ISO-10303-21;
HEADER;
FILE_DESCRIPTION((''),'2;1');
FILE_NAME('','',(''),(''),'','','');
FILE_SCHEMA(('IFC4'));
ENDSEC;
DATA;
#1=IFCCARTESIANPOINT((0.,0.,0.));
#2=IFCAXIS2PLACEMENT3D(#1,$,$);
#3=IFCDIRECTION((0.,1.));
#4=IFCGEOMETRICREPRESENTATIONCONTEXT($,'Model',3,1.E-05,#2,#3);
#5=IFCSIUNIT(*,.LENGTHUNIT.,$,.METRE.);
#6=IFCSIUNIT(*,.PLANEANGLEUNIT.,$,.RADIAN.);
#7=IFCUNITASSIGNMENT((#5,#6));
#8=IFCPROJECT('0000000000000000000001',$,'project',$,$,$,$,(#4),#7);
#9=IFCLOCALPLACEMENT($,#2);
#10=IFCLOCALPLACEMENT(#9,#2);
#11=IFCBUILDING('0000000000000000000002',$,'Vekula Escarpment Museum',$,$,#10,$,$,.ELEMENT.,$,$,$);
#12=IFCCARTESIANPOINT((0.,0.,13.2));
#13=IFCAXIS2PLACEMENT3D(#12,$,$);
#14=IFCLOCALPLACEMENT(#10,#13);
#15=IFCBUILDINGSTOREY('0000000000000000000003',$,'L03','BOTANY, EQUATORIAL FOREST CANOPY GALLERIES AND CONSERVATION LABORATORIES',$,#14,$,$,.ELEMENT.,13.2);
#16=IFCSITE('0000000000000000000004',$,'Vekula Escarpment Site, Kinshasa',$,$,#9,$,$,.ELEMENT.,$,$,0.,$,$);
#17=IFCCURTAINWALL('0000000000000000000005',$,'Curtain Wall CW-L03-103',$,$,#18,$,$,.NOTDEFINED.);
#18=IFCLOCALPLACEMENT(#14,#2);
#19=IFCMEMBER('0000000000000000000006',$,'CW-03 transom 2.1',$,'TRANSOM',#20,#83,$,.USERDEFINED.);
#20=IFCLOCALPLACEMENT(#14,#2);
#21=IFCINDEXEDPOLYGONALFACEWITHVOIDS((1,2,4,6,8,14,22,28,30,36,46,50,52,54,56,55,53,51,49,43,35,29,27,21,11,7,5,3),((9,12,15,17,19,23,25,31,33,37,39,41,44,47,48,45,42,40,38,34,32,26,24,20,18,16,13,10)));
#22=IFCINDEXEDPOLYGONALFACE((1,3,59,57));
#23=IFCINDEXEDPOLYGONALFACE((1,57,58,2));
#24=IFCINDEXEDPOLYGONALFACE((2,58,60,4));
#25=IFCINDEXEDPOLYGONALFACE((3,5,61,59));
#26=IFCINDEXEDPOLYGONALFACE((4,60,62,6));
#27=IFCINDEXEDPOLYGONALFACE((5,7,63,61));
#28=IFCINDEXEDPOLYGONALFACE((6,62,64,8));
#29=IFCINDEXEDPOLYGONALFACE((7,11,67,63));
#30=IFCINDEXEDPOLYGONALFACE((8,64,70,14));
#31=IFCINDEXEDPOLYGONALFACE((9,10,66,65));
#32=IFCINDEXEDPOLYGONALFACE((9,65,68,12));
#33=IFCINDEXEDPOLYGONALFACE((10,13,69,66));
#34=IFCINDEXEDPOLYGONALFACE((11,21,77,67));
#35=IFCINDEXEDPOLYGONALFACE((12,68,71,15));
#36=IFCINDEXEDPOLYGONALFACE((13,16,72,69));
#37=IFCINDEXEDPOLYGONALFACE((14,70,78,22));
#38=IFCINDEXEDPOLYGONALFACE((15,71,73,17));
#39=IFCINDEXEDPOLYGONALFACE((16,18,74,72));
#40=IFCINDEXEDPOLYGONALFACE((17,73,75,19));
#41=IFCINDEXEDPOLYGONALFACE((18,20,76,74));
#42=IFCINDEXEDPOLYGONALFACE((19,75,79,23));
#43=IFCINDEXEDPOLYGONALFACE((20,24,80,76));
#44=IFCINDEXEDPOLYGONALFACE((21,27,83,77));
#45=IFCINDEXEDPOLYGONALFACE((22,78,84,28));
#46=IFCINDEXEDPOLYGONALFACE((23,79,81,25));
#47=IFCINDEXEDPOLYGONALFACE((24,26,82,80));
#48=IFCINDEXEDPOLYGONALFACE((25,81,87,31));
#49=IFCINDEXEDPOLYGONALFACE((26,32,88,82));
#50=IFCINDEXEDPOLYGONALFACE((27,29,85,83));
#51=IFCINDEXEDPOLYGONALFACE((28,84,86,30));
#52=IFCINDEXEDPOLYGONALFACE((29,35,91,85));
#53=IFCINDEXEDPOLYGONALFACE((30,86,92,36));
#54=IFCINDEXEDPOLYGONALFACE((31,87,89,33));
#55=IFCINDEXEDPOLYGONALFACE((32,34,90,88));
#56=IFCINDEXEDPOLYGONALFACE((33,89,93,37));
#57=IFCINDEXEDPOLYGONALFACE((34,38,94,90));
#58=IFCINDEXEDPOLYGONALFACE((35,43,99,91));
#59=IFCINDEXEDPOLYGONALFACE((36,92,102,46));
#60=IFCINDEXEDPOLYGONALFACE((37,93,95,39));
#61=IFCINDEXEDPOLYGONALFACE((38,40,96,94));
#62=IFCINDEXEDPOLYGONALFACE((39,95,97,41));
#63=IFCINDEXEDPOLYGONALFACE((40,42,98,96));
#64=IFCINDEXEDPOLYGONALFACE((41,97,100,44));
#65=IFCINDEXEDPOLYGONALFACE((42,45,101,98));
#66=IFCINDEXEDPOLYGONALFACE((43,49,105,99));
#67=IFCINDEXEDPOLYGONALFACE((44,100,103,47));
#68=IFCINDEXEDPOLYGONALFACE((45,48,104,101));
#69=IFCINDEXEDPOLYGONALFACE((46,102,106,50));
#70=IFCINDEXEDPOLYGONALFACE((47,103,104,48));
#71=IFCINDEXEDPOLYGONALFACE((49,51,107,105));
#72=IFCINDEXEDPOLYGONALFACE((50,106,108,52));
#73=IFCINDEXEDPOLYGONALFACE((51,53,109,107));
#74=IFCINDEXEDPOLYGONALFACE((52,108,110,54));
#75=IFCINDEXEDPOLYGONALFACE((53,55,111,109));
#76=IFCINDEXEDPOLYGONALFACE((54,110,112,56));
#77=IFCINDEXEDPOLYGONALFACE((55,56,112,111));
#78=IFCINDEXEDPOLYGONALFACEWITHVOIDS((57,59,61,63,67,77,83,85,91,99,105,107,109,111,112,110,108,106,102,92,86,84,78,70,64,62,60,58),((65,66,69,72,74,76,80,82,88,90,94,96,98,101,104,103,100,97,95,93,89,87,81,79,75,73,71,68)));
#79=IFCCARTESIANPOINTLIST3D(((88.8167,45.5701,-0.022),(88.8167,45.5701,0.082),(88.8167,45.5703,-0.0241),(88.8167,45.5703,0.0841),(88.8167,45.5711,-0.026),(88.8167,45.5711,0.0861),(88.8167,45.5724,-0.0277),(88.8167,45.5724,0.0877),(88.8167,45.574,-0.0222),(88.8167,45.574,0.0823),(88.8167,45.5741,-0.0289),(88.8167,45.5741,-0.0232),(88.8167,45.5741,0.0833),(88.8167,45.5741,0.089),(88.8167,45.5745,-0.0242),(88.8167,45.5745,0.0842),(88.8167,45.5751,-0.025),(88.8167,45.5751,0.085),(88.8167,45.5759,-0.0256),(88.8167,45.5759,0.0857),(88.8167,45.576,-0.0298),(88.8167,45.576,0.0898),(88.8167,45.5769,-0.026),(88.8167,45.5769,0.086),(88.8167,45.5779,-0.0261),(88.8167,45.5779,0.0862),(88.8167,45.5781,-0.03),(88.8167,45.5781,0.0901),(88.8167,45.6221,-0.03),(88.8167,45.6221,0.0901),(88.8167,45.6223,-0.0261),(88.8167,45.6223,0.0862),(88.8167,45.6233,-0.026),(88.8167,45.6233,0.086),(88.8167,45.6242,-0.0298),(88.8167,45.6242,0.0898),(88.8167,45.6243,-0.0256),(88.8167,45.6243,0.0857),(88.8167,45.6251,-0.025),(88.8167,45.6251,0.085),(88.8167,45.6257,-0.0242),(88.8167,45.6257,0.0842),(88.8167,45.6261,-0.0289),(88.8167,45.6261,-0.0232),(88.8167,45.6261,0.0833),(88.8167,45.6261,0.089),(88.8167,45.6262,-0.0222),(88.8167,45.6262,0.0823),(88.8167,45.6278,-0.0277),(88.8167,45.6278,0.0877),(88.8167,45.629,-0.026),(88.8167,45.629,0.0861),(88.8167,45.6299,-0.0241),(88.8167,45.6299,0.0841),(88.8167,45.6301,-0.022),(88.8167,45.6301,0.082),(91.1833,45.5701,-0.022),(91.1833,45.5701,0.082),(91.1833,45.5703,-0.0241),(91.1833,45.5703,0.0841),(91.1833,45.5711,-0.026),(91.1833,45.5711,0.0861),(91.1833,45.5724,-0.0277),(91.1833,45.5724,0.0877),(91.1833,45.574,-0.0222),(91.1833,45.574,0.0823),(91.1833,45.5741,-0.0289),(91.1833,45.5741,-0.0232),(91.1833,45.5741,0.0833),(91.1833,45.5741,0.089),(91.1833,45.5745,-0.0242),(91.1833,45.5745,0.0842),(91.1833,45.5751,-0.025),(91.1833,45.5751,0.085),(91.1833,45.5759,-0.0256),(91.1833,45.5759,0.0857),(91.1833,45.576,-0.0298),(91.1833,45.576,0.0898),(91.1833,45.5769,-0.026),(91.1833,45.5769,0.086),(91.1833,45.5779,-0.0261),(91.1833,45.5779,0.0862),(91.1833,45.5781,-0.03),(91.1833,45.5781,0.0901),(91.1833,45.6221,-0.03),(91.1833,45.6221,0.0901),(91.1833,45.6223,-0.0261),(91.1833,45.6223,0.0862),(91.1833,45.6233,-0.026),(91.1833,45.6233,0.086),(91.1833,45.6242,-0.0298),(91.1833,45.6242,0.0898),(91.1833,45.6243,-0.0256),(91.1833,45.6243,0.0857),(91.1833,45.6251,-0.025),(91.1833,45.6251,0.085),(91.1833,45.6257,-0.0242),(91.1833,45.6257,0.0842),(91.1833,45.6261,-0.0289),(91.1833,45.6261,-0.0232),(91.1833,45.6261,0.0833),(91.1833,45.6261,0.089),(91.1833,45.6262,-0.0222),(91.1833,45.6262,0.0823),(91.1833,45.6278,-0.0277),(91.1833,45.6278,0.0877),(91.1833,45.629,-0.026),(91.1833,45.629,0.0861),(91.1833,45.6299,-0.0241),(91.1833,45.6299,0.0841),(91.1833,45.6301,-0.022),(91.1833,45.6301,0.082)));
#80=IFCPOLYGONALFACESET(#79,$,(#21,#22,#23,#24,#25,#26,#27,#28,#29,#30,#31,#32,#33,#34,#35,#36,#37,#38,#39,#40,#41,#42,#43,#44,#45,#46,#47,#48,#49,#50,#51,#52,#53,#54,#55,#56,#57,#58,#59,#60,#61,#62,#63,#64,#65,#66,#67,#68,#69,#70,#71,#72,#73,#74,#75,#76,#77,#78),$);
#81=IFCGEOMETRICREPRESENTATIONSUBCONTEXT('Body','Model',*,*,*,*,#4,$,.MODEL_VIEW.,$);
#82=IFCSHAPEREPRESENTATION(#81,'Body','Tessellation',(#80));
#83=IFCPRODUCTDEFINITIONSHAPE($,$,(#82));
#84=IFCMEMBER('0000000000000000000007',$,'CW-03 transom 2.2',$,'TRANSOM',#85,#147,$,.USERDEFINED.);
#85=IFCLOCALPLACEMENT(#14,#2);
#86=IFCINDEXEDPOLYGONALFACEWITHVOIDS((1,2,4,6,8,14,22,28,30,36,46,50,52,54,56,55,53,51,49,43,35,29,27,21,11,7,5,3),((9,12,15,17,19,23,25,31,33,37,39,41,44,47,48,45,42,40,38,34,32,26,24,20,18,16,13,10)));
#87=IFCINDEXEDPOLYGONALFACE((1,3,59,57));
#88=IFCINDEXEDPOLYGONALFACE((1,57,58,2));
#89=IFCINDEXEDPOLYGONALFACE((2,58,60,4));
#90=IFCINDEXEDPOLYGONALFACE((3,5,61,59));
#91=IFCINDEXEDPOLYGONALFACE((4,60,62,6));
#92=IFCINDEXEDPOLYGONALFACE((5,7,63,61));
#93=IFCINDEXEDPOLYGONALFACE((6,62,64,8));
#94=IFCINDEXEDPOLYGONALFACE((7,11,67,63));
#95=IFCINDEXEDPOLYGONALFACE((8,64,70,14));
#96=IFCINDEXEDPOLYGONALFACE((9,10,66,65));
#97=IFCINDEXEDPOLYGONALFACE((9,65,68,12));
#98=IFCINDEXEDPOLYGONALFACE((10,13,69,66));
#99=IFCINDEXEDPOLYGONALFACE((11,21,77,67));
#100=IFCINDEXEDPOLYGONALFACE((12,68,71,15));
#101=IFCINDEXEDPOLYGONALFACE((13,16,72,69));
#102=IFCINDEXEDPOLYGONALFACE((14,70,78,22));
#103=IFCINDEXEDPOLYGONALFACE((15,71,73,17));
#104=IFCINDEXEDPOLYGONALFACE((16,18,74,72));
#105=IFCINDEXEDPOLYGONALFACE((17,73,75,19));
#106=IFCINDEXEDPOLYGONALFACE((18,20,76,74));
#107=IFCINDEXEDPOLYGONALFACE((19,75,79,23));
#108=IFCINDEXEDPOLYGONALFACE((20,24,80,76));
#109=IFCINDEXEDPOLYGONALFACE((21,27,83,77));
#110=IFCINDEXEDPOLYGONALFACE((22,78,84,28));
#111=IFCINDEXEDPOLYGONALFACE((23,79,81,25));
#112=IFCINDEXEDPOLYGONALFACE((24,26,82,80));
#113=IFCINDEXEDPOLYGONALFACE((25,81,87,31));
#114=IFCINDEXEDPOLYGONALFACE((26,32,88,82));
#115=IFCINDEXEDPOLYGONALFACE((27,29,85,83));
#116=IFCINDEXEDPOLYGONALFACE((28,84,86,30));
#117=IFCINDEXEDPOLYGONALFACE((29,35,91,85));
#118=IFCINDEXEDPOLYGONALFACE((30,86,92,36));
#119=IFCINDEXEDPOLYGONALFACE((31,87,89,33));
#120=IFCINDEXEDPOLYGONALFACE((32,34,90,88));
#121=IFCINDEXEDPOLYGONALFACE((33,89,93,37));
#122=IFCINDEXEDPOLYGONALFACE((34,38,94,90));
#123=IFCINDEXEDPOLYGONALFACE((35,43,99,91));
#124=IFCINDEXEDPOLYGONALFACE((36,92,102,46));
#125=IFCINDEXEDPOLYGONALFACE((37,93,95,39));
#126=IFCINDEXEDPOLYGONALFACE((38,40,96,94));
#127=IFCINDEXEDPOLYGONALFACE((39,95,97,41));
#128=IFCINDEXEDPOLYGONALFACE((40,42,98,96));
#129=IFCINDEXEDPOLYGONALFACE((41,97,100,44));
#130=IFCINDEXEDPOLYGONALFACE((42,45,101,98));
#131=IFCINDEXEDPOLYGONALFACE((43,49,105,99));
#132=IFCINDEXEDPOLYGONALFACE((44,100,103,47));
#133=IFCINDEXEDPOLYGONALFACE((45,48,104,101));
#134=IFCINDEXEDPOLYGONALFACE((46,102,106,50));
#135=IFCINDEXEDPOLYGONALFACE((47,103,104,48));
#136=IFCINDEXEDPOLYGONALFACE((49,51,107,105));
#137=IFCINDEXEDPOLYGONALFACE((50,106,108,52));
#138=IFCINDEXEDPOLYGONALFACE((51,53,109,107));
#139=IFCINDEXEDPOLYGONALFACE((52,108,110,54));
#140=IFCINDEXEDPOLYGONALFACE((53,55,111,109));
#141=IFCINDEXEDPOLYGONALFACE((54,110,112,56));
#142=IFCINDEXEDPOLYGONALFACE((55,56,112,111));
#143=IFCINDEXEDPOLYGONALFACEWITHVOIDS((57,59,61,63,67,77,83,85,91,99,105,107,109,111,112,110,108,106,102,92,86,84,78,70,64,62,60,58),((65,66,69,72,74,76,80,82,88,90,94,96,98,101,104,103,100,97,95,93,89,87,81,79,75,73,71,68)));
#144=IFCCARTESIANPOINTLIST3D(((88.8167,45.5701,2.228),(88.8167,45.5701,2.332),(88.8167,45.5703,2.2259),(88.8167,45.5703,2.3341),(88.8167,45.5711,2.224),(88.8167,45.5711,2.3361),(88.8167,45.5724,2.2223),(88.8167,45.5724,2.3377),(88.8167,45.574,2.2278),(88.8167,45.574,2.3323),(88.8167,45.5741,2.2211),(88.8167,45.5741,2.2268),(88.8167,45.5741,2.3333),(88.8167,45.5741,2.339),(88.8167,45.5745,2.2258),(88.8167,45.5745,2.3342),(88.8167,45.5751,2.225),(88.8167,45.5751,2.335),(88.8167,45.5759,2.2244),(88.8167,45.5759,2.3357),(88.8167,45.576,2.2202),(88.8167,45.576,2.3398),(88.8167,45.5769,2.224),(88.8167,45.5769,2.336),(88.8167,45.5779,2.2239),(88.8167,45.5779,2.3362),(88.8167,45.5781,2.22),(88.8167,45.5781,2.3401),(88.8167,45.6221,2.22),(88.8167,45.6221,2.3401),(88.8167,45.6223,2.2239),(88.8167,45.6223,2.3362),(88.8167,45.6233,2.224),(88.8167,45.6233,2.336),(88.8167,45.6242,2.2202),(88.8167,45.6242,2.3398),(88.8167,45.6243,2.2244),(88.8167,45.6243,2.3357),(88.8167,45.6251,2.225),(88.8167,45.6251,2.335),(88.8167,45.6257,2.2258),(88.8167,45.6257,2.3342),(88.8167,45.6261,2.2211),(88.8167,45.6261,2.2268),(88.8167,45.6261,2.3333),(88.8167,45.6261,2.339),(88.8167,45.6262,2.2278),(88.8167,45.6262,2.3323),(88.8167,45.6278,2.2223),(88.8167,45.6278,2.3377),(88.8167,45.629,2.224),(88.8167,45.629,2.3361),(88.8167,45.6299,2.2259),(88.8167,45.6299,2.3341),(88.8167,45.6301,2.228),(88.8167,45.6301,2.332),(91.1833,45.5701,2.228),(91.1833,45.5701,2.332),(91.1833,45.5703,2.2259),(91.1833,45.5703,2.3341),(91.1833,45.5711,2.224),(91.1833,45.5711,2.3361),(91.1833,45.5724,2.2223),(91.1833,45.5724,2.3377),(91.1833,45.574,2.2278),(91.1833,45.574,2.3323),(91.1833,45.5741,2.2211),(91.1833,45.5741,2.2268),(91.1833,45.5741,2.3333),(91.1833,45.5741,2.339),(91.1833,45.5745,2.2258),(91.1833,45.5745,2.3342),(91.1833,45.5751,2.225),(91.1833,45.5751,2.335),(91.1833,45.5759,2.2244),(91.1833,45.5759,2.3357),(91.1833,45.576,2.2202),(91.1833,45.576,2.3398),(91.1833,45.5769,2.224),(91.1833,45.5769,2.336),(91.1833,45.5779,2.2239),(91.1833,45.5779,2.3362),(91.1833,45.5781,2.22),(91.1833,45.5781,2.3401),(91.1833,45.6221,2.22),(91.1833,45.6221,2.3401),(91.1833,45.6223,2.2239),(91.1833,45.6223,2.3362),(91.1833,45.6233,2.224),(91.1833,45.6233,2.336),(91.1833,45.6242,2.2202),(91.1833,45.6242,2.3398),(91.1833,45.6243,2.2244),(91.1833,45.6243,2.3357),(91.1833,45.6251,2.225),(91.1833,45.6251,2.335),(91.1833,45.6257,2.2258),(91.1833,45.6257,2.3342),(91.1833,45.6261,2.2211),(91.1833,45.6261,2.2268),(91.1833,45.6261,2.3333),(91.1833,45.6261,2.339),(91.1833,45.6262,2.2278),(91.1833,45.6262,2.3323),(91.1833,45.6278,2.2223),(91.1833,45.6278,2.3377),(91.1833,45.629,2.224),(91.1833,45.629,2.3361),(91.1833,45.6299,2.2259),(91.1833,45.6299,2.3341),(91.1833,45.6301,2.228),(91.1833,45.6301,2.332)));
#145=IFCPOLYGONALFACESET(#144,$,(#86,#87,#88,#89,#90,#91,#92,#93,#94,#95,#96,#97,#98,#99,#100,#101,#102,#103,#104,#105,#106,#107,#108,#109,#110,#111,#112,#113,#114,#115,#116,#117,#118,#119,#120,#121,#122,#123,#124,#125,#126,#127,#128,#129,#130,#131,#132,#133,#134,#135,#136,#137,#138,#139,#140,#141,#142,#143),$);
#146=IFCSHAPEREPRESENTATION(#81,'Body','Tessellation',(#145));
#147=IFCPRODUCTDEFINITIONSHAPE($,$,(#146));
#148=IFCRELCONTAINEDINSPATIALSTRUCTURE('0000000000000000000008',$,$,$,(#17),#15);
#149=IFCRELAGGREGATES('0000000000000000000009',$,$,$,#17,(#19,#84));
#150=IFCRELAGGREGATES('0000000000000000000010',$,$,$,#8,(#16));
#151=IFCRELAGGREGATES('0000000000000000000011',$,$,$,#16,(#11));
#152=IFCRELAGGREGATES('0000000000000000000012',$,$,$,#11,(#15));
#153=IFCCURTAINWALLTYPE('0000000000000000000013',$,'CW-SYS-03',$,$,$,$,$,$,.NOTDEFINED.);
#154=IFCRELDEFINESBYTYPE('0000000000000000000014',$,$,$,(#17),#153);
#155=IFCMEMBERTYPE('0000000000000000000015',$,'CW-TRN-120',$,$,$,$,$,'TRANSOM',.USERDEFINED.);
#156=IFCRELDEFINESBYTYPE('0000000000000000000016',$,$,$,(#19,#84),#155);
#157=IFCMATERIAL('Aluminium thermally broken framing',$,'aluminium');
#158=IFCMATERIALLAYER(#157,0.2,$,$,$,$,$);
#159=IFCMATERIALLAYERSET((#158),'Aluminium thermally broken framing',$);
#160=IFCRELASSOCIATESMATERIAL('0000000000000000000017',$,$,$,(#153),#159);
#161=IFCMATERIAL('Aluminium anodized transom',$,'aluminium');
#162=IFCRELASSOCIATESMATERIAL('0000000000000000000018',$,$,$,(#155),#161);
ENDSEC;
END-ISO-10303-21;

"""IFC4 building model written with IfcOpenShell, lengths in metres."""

from ifc_helpers import new_model, si_unit, direction, frame, origin, origin_2d, place, context, subcontext, project, spatial, hollow_rectangle, extrude, material, layer, layer_set, material_profile, profile_set, type_object, element, aggregate, save


model = new_model("IFC4")

# Units and contexts
model_context = context("Model", 3, precision=1e-05, world=origin(), true_north=direction((0.0, 1.0)))
body_context = subcontext(model_context, "Body", "Model", "MODEL_VIEW")
ifc_project = project(units=[si_unit("LENGTHUNIT", "METRE"), si_unit("PLANEANGLEUNIT", "RADIAN")], contexts=[model_context])

# Site, building, storey
site_placement = place(None, origin())
site = spatial("IfcSite", under=ifc_project, at=site_placement, Name="Vekula Escarpment Site, Kinshasa", CompositionType="ELEMENT", RefElevation=0.0)
building_placement = place(site_placement, origin())
building = spatial("IfcBuilding", under=site, at=building_placement, Name="Vekula Escarpment Museum", CompositionType="ELEMENT")
storey_placement = place(building_placement, frame((0.0, 0.0, 13.2)))
storey = spatial("IfcBuildingStorey", under=building, at=storey_placement, Name="L03", Description="BOTANY, EQUATORIAL FOREST CANOPY GALLERIES AND CONSERVATION LABORATORIES", CompositionType="ELEMENT", Elevation=13.2)

# Curtain wall
ifc_material_1 = material(Name="Aluminium thermally broken framing", Category="aluminium")
ifc_layer_1 = layer(ifc_material_1, 0.2)
ifc_layer_set_1 = layer_set([ifc_layer_1], Name="Aluminium thermally broken framing")
curtain_wall_type_1 = type_object("IfcCurtainWallType", Name="CW-SYS-03", PredefinedType="NOTDEFINED", material=ifc_layer_set_1)
curtain_wall_1_placement = place(storey_placement, origin())
curtain_wall_1 = element("IfcCurtainWall", 1, at=curtain_wall_1_placement, inside=storey, type_object=curtain_wall_type_1, Name="Curtain Wall CW-L03-103", PredefinedType="NOTDEFINED")

# Members
ifc_material_2 = material(Name="Aluminium anodized transom", Category="aluminium")
ifc_material_profile_1 = material_profile(ifc_material_2, hollow_rectangle(XDim=0.0601, YDim=0.1201, WallThickness=0.0039, InnerFilletRadius=0.0039, OuterFilletRadius=0.0081, at=origin_2d()), Name="ALU 120x60x4")
ifc_profile_set_1 = profile_set([ifc_material_profile_1], Name="Aluminium anodized transom")
member_type_1 = type_object("IfcMemberType", Name="CW-TRN-120", ElementType="TRANSOM", PredefinedType="USERDEFINED", material=ifc_profile_set_1)
member_1_placement = place(storey_placement, frame((88.8167, 45.6001, 0.03), z_axis=(1.0, 0.0, 0.0), x_axis=(0.0, 1.0, 0.0)))
member_1 = element("IfcMember", 2, at=member_1_placement, type_object=member_type_1, Name="CW-03 transom 2.1", ObjectType="TRANSOM", PredefinedType="USERDEFINED", context=body_context, shape_type="SweptSolid", body=[
    extrude(hollow_rectangle(XDim=0.0601, YDim=0.1201, WallThickness=0.0039, InnerFilletRadius=0.0039, OuterFilletRadius=0.0081, at=origin_2d()), origin(), (0.0, 0.0, 1.0), 2.3667),
])
member_2_placement = place(storey_placement, frame((88.8167, 45.6001, 2.28), z_axis=(1.0, 0.0, 0.0), x_axis=(0.0, 1.0, 0.0)))
member_2 = element("IfcMember", 3, at=member_2_placement, type_object=member_type_1, Name="CW-03 transom 2.2", ObjectType="TRANSOM", PredefinedType="USERDEFINED", context=body_context, shape_type="SweptSolid", body=[
    extrude(hollow_rectangle(XDim=0.0601, YDim=0.1201, WallThickness=0.0039, InnerFilletRadius=0.0039, OuterFilletRadius=0.0081, at=origin_2d()), origin(), (0.0, 0.0, 1.0), 2.3667),
])

aggregate(curtain_wall_1, [member_1, member_2])

save(model, "model.ifc")
